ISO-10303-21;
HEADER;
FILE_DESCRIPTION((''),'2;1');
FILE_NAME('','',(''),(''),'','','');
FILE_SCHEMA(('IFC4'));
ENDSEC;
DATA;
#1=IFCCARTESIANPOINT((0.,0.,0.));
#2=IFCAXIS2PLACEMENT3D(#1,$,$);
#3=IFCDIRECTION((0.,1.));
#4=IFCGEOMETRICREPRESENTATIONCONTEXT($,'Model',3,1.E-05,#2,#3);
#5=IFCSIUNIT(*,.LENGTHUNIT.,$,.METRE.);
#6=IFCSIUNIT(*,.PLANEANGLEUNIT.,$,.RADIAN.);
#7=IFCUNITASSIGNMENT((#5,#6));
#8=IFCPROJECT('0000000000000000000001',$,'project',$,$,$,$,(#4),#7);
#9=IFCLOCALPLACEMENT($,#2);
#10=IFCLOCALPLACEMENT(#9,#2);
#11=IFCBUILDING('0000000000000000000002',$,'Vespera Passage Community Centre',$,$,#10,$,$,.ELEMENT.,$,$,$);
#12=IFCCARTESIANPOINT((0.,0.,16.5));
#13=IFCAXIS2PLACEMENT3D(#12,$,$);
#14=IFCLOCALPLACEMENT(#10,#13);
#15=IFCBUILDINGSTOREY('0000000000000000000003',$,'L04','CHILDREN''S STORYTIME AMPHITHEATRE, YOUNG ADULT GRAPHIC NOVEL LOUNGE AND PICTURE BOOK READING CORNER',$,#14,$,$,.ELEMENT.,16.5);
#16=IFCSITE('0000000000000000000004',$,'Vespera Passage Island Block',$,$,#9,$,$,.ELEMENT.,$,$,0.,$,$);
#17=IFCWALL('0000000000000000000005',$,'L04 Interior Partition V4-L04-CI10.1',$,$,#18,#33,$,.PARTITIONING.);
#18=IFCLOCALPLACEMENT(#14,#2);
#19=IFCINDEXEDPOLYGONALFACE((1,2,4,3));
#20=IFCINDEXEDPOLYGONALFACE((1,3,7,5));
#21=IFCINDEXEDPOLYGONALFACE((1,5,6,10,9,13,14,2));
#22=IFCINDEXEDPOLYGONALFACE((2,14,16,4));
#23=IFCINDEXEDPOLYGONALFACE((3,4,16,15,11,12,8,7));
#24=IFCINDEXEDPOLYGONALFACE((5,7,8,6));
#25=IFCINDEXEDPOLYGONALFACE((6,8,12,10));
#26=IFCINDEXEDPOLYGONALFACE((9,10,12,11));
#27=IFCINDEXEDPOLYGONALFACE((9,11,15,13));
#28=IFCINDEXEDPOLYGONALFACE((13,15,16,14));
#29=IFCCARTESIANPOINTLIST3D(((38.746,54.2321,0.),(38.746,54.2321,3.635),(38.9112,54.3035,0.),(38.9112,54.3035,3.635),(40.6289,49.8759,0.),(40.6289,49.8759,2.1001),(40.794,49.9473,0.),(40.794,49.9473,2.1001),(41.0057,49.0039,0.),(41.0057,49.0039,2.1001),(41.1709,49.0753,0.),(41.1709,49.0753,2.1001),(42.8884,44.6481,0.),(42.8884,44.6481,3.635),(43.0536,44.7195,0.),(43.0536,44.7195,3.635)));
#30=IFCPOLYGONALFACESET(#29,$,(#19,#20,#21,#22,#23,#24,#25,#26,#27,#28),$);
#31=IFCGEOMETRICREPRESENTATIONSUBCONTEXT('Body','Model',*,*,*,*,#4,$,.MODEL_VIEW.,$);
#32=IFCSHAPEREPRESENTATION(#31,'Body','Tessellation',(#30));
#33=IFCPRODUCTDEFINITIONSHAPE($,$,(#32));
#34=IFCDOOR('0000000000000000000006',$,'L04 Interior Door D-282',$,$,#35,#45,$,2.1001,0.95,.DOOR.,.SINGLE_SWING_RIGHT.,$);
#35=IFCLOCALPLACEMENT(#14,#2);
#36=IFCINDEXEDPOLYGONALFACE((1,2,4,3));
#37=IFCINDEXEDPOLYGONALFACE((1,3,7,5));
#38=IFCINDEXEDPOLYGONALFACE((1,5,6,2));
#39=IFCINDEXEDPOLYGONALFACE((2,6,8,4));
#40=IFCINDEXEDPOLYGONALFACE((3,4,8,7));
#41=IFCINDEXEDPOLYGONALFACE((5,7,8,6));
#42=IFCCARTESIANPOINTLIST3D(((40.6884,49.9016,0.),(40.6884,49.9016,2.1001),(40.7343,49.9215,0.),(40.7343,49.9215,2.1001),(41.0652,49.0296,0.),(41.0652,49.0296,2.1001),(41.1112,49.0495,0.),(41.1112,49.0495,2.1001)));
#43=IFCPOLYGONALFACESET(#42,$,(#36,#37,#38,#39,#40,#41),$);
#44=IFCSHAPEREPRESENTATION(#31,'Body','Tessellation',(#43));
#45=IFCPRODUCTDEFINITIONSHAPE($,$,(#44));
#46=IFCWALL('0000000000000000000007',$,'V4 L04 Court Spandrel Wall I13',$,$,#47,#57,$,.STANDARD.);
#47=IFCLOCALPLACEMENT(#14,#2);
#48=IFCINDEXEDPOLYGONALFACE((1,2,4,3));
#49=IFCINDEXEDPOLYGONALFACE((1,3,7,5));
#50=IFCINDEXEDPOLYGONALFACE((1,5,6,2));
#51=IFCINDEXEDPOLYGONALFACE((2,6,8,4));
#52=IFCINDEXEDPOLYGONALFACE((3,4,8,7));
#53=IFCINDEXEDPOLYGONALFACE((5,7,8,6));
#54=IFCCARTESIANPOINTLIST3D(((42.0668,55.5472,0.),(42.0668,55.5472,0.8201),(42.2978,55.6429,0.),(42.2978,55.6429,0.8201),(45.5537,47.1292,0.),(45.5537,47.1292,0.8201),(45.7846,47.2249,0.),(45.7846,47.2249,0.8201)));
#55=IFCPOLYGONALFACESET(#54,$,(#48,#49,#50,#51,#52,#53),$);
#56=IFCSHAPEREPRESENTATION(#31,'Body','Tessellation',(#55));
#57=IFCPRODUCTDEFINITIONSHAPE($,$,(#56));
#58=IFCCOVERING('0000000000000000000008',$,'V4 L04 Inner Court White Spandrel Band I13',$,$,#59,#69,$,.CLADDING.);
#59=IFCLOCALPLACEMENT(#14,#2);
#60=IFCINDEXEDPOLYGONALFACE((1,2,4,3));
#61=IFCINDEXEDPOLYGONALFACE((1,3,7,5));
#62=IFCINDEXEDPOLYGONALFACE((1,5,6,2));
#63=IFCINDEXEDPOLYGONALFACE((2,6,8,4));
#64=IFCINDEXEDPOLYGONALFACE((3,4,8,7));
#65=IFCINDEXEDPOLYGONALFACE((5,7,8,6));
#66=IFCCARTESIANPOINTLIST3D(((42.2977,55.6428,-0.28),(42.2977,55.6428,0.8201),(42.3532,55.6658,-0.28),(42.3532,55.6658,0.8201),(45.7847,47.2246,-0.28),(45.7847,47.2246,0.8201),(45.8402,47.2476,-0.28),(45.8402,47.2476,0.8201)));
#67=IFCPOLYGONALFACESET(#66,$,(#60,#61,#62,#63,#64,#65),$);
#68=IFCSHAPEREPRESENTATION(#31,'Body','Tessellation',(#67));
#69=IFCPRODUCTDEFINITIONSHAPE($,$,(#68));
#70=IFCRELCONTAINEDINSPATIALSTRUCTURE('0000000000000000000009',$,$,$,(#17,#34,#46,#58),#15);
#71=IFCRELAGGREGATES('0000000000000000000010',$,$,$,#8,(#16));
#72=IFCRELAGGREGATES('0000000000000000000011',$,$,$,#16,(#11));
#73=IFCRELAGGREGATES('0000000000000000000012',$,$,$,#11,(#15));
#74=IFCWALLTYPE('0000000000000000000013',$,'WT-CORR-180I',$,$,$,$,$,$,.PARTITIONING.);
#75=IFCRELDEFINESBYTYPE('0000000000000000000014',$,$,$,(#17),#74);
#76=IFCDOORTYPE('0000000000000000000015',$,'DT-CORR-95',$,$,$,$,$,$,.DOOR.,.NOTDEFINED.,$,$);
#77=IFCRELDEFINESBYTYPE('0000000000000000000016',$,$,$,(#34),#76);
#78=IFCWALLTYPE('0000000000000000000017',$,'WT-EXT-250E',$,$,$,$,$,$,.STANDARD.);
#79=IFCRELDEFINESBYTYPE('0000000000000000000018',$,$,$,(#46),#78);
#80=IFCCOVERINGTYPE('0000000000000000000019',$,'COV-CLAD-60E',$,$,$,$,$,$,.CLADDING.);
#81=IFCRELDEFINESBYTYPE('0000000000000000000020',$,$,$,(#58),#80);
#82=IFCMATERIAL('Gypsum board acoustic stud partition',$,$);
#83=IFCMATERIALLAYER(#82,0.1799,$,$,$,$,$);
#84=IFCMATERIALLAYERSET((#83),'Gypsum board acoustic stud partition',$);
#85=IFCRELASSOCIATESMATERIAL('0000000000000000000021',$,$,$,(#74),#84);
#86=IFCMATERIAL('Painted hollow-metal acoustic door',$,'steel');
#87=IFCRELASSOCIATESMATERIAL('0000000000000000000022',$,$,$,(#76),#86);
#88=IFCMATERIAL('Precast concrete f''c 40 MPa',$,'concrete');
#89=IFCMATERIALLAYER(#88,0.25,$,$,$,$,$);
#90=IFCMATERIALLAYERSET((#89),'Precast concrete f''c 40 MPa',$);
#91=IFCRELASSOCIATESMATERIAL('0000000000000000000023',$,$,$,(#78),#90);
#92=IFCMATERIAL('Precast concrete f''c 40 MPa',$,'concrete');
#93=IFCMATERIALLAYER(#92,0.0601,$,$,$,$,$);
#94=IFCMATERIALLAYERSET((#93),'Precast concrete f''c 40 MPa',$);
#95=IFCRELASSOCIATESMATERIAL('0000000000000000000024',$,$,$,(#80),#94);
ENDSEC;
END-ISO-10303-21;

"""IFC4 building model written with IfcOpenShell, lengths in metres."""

from ifc_helpers import new_model, si_unit, direction, frame, frame_2d, origin, place, context, subcontext, project, spatial, rectangle, extrude, material, layer, layer_set, type_object, element, fill, save


model = new_model("IFC4")

# Units and contexts
model_context = context("Model", 3, precision=1e-05, world=origin(), true_north=direction((0.0, 1.0)))
body_context = subcontext(model_context, "Body", "Model", "MODEL_VIEW")
ifc_project = project(units=[si_unit("LENGTHUNIT", "METRE"), si_unit("PLANEANGLEUNIT", "RADIAN")], contexts=[model_context])

# Site, building, storey
site_placement = place(None, origin())
site = spatial("IfcSite", under=ifc_project, at=site_placement, Name="Vespera Passage Island Block", CompositionType="ELEMENT", RefElevation=0.0)
building_placement = place(site_placement, origin())
building = spatial("IfcBuilding", under=site, at=building_placement, Name="Vespera Passage Community Centre", CompositionType="ELEMENT")
storey_placement = place(building_placement, frame((0.0, 0.0, 16.5)))
storey = spatial("IfcBuildingStorey", under=building, at=storey_placement, Name="L04", Description="CHILDREN'S STORYTIME AMPHITHEATRE, YOUNG ADULT GRAPHIC NOVEL LOUNGE AND PICTURE BOOK READING CORNER", CompositionType="ELEMENT", Elevation=16.5)

# Wall, opening, door
ifc_material_1 = material(Name="Gypsum board acoustic stud partition")
ifc_layer_1 = layer(ifc_material_1, 0.1799)
ifc_layer_set_1 = layer_set([ifc_layer_1], Name="Gypsum board acoustic stud partition")
wall_type_1 = type_object("IfcWallType", Name="WT-CORR-180I", PredefinedType="PARTITIONING", material=ifc_layer_set_1)
wall_1_placement = place(storey_placement, frame((38.8286, 54.2678, 0.0), z_axis=(0.0, 0.0, 1.0), x_axis=(0.396742, -0.91793, 0.0)))
wall_1 = element("IfcWall", 1, at=wall_1_placement, inside=storey, type_object=wall_type_1, Name="L04 Interior Partition V4-L04-CI10.1", PredefinedType="PARTITIONING", context=body_context, shape_type="SweptSolid", body=[
    extrude(rectangle(XDim=10.4409, YDim=0.1799, at=frame_2d((5.2205, 0.0))), origin(), (0.0, 0.0, 1.0), 3.635),
])
opening_1_placement = place(wall_1_placement, frame((4.7456, 0.0, 0.0)))
opening_1 = element("IfcOpeningElement", 2, at=opening_1_placement, cuts=wall_1, PredefinedType="OPENING", context=body_context, shape_type="SweptSolid", body=[
    extrude(rectangle(XDim=0.95, YDim=2.1001, at=frame_2d((0.4751, 1.05))), frame((0.0, 0.0999, 0.0), z_axis=(0.0, -1.0, 0.0), x_axis=(1.0, 0.0, 0.0)), (0.0, 0.0, 1.0), 0.2),
])
ifc_material_2 = material(Name="Painted hollow-metal acoustic door", Category="steel")
door_type_1 = type_object("IfcDoorType", Name="DT-CORR-95", OperationType="NOTDEFINED", PredefinedType="DOOR", material=ifc_material_2)
door_1_placement = place(opening_1_placement, origin())
door_1 = element("IfcDoor", 3, at=door_1_placement, inside=storey, type_object=door_type_1, Name="L04 Interior Door D-282", OperationType="SINGLE_SWING_RIGHT", OverallHeight=2.1001, OverallWidth=0.95, PredefinedType="DOOR", context=body_context, shape_type="SweptSolid", body=[
    extrude(rectangle(XDim=0.95, YDim=2.1001, at=frame_2d((0.4751, 1.05))), frame((0.0, 0.0249, 0.0), z_axis=(0.0, -1.0, 0.0), x_axis=(1.0, 0.0, 0.0)), (0.0, 0.0, 1.0), 0.05),
])
fill(opening_1, door_1)

# Wall
ifc_material_3 = material(Name="Precast concrete f'c 40 MPa", Category="concrete")
ifc_layer_2 = layer(ifc_material_3, 0.25)
ifc_layer_set_2 = layer_set([ifc_layer_2], Name="Precast concrete f'c 40 MPa")
wall_type_2 = type_object("IfcWallType", Name="WT-EXT-250E", PredefinedType="STANDARD", material=ifc_layer_set_2)
wall_2_placement = place(storey_placement, frame((42.1824, 55.595, 0.0), z_axis=(0.0, 0.0, 1.0), x_axis=(0.382682, -0.92388, 0.0)))
element("IfcWall", 4, at=wall_2_placement, inside=storey, type_object=wall_type_2, Name="V4 L04 Court Spandrel Wall I13", PredefinedType="STANDARD", context=body_context, shape_type="SweptSolid", body=[
    extrude(rectangle(XDim=9.1116, YDim=0.25, at=frame_2d((4.5557, 0.0))), origin(), (0.0, 0.0, 1.0), 0.8201),
])

# Covering
ifc_material_4 = material(Name="Precast concrete f'c 40 MPa", Category="concrete")
ifc_layer_3 = layer(ifc_material_4, 0.0601)
ifc_layer_set_3 = layer_set([ifc_layer_3], Name="Precast concrete f'c 40 MPa")
covering_type = type_object("IfcCoveringType", Name="COV-CLAD-60E", PredefinedType="CLADDING", material=ifc_layer_set_3)
covering_placement = place(storey_placement, frame((42.3254, 55.6543, -0.28), z_axis=(0.0, 0.0, 1.0), x_axis=(0.382695, -0.923875, 0.0)))
element("IfcCovering", 5, at=covering_placement, inside=storey, type_object=covering_type, Name="V4 L04 Inner Court White Spandrel Band I13", PredefinedType="CLADDING", context=body_context, shape_type="SweptSolid", body=[
    extrude(rectangle(XDim=9.1118, YDim=0.0601, at=frame_2d((4.5559, 0.0))), origin(), (0.0, 0.0, 1.0), 1.1001),
])

save(model, "model.ifc")
